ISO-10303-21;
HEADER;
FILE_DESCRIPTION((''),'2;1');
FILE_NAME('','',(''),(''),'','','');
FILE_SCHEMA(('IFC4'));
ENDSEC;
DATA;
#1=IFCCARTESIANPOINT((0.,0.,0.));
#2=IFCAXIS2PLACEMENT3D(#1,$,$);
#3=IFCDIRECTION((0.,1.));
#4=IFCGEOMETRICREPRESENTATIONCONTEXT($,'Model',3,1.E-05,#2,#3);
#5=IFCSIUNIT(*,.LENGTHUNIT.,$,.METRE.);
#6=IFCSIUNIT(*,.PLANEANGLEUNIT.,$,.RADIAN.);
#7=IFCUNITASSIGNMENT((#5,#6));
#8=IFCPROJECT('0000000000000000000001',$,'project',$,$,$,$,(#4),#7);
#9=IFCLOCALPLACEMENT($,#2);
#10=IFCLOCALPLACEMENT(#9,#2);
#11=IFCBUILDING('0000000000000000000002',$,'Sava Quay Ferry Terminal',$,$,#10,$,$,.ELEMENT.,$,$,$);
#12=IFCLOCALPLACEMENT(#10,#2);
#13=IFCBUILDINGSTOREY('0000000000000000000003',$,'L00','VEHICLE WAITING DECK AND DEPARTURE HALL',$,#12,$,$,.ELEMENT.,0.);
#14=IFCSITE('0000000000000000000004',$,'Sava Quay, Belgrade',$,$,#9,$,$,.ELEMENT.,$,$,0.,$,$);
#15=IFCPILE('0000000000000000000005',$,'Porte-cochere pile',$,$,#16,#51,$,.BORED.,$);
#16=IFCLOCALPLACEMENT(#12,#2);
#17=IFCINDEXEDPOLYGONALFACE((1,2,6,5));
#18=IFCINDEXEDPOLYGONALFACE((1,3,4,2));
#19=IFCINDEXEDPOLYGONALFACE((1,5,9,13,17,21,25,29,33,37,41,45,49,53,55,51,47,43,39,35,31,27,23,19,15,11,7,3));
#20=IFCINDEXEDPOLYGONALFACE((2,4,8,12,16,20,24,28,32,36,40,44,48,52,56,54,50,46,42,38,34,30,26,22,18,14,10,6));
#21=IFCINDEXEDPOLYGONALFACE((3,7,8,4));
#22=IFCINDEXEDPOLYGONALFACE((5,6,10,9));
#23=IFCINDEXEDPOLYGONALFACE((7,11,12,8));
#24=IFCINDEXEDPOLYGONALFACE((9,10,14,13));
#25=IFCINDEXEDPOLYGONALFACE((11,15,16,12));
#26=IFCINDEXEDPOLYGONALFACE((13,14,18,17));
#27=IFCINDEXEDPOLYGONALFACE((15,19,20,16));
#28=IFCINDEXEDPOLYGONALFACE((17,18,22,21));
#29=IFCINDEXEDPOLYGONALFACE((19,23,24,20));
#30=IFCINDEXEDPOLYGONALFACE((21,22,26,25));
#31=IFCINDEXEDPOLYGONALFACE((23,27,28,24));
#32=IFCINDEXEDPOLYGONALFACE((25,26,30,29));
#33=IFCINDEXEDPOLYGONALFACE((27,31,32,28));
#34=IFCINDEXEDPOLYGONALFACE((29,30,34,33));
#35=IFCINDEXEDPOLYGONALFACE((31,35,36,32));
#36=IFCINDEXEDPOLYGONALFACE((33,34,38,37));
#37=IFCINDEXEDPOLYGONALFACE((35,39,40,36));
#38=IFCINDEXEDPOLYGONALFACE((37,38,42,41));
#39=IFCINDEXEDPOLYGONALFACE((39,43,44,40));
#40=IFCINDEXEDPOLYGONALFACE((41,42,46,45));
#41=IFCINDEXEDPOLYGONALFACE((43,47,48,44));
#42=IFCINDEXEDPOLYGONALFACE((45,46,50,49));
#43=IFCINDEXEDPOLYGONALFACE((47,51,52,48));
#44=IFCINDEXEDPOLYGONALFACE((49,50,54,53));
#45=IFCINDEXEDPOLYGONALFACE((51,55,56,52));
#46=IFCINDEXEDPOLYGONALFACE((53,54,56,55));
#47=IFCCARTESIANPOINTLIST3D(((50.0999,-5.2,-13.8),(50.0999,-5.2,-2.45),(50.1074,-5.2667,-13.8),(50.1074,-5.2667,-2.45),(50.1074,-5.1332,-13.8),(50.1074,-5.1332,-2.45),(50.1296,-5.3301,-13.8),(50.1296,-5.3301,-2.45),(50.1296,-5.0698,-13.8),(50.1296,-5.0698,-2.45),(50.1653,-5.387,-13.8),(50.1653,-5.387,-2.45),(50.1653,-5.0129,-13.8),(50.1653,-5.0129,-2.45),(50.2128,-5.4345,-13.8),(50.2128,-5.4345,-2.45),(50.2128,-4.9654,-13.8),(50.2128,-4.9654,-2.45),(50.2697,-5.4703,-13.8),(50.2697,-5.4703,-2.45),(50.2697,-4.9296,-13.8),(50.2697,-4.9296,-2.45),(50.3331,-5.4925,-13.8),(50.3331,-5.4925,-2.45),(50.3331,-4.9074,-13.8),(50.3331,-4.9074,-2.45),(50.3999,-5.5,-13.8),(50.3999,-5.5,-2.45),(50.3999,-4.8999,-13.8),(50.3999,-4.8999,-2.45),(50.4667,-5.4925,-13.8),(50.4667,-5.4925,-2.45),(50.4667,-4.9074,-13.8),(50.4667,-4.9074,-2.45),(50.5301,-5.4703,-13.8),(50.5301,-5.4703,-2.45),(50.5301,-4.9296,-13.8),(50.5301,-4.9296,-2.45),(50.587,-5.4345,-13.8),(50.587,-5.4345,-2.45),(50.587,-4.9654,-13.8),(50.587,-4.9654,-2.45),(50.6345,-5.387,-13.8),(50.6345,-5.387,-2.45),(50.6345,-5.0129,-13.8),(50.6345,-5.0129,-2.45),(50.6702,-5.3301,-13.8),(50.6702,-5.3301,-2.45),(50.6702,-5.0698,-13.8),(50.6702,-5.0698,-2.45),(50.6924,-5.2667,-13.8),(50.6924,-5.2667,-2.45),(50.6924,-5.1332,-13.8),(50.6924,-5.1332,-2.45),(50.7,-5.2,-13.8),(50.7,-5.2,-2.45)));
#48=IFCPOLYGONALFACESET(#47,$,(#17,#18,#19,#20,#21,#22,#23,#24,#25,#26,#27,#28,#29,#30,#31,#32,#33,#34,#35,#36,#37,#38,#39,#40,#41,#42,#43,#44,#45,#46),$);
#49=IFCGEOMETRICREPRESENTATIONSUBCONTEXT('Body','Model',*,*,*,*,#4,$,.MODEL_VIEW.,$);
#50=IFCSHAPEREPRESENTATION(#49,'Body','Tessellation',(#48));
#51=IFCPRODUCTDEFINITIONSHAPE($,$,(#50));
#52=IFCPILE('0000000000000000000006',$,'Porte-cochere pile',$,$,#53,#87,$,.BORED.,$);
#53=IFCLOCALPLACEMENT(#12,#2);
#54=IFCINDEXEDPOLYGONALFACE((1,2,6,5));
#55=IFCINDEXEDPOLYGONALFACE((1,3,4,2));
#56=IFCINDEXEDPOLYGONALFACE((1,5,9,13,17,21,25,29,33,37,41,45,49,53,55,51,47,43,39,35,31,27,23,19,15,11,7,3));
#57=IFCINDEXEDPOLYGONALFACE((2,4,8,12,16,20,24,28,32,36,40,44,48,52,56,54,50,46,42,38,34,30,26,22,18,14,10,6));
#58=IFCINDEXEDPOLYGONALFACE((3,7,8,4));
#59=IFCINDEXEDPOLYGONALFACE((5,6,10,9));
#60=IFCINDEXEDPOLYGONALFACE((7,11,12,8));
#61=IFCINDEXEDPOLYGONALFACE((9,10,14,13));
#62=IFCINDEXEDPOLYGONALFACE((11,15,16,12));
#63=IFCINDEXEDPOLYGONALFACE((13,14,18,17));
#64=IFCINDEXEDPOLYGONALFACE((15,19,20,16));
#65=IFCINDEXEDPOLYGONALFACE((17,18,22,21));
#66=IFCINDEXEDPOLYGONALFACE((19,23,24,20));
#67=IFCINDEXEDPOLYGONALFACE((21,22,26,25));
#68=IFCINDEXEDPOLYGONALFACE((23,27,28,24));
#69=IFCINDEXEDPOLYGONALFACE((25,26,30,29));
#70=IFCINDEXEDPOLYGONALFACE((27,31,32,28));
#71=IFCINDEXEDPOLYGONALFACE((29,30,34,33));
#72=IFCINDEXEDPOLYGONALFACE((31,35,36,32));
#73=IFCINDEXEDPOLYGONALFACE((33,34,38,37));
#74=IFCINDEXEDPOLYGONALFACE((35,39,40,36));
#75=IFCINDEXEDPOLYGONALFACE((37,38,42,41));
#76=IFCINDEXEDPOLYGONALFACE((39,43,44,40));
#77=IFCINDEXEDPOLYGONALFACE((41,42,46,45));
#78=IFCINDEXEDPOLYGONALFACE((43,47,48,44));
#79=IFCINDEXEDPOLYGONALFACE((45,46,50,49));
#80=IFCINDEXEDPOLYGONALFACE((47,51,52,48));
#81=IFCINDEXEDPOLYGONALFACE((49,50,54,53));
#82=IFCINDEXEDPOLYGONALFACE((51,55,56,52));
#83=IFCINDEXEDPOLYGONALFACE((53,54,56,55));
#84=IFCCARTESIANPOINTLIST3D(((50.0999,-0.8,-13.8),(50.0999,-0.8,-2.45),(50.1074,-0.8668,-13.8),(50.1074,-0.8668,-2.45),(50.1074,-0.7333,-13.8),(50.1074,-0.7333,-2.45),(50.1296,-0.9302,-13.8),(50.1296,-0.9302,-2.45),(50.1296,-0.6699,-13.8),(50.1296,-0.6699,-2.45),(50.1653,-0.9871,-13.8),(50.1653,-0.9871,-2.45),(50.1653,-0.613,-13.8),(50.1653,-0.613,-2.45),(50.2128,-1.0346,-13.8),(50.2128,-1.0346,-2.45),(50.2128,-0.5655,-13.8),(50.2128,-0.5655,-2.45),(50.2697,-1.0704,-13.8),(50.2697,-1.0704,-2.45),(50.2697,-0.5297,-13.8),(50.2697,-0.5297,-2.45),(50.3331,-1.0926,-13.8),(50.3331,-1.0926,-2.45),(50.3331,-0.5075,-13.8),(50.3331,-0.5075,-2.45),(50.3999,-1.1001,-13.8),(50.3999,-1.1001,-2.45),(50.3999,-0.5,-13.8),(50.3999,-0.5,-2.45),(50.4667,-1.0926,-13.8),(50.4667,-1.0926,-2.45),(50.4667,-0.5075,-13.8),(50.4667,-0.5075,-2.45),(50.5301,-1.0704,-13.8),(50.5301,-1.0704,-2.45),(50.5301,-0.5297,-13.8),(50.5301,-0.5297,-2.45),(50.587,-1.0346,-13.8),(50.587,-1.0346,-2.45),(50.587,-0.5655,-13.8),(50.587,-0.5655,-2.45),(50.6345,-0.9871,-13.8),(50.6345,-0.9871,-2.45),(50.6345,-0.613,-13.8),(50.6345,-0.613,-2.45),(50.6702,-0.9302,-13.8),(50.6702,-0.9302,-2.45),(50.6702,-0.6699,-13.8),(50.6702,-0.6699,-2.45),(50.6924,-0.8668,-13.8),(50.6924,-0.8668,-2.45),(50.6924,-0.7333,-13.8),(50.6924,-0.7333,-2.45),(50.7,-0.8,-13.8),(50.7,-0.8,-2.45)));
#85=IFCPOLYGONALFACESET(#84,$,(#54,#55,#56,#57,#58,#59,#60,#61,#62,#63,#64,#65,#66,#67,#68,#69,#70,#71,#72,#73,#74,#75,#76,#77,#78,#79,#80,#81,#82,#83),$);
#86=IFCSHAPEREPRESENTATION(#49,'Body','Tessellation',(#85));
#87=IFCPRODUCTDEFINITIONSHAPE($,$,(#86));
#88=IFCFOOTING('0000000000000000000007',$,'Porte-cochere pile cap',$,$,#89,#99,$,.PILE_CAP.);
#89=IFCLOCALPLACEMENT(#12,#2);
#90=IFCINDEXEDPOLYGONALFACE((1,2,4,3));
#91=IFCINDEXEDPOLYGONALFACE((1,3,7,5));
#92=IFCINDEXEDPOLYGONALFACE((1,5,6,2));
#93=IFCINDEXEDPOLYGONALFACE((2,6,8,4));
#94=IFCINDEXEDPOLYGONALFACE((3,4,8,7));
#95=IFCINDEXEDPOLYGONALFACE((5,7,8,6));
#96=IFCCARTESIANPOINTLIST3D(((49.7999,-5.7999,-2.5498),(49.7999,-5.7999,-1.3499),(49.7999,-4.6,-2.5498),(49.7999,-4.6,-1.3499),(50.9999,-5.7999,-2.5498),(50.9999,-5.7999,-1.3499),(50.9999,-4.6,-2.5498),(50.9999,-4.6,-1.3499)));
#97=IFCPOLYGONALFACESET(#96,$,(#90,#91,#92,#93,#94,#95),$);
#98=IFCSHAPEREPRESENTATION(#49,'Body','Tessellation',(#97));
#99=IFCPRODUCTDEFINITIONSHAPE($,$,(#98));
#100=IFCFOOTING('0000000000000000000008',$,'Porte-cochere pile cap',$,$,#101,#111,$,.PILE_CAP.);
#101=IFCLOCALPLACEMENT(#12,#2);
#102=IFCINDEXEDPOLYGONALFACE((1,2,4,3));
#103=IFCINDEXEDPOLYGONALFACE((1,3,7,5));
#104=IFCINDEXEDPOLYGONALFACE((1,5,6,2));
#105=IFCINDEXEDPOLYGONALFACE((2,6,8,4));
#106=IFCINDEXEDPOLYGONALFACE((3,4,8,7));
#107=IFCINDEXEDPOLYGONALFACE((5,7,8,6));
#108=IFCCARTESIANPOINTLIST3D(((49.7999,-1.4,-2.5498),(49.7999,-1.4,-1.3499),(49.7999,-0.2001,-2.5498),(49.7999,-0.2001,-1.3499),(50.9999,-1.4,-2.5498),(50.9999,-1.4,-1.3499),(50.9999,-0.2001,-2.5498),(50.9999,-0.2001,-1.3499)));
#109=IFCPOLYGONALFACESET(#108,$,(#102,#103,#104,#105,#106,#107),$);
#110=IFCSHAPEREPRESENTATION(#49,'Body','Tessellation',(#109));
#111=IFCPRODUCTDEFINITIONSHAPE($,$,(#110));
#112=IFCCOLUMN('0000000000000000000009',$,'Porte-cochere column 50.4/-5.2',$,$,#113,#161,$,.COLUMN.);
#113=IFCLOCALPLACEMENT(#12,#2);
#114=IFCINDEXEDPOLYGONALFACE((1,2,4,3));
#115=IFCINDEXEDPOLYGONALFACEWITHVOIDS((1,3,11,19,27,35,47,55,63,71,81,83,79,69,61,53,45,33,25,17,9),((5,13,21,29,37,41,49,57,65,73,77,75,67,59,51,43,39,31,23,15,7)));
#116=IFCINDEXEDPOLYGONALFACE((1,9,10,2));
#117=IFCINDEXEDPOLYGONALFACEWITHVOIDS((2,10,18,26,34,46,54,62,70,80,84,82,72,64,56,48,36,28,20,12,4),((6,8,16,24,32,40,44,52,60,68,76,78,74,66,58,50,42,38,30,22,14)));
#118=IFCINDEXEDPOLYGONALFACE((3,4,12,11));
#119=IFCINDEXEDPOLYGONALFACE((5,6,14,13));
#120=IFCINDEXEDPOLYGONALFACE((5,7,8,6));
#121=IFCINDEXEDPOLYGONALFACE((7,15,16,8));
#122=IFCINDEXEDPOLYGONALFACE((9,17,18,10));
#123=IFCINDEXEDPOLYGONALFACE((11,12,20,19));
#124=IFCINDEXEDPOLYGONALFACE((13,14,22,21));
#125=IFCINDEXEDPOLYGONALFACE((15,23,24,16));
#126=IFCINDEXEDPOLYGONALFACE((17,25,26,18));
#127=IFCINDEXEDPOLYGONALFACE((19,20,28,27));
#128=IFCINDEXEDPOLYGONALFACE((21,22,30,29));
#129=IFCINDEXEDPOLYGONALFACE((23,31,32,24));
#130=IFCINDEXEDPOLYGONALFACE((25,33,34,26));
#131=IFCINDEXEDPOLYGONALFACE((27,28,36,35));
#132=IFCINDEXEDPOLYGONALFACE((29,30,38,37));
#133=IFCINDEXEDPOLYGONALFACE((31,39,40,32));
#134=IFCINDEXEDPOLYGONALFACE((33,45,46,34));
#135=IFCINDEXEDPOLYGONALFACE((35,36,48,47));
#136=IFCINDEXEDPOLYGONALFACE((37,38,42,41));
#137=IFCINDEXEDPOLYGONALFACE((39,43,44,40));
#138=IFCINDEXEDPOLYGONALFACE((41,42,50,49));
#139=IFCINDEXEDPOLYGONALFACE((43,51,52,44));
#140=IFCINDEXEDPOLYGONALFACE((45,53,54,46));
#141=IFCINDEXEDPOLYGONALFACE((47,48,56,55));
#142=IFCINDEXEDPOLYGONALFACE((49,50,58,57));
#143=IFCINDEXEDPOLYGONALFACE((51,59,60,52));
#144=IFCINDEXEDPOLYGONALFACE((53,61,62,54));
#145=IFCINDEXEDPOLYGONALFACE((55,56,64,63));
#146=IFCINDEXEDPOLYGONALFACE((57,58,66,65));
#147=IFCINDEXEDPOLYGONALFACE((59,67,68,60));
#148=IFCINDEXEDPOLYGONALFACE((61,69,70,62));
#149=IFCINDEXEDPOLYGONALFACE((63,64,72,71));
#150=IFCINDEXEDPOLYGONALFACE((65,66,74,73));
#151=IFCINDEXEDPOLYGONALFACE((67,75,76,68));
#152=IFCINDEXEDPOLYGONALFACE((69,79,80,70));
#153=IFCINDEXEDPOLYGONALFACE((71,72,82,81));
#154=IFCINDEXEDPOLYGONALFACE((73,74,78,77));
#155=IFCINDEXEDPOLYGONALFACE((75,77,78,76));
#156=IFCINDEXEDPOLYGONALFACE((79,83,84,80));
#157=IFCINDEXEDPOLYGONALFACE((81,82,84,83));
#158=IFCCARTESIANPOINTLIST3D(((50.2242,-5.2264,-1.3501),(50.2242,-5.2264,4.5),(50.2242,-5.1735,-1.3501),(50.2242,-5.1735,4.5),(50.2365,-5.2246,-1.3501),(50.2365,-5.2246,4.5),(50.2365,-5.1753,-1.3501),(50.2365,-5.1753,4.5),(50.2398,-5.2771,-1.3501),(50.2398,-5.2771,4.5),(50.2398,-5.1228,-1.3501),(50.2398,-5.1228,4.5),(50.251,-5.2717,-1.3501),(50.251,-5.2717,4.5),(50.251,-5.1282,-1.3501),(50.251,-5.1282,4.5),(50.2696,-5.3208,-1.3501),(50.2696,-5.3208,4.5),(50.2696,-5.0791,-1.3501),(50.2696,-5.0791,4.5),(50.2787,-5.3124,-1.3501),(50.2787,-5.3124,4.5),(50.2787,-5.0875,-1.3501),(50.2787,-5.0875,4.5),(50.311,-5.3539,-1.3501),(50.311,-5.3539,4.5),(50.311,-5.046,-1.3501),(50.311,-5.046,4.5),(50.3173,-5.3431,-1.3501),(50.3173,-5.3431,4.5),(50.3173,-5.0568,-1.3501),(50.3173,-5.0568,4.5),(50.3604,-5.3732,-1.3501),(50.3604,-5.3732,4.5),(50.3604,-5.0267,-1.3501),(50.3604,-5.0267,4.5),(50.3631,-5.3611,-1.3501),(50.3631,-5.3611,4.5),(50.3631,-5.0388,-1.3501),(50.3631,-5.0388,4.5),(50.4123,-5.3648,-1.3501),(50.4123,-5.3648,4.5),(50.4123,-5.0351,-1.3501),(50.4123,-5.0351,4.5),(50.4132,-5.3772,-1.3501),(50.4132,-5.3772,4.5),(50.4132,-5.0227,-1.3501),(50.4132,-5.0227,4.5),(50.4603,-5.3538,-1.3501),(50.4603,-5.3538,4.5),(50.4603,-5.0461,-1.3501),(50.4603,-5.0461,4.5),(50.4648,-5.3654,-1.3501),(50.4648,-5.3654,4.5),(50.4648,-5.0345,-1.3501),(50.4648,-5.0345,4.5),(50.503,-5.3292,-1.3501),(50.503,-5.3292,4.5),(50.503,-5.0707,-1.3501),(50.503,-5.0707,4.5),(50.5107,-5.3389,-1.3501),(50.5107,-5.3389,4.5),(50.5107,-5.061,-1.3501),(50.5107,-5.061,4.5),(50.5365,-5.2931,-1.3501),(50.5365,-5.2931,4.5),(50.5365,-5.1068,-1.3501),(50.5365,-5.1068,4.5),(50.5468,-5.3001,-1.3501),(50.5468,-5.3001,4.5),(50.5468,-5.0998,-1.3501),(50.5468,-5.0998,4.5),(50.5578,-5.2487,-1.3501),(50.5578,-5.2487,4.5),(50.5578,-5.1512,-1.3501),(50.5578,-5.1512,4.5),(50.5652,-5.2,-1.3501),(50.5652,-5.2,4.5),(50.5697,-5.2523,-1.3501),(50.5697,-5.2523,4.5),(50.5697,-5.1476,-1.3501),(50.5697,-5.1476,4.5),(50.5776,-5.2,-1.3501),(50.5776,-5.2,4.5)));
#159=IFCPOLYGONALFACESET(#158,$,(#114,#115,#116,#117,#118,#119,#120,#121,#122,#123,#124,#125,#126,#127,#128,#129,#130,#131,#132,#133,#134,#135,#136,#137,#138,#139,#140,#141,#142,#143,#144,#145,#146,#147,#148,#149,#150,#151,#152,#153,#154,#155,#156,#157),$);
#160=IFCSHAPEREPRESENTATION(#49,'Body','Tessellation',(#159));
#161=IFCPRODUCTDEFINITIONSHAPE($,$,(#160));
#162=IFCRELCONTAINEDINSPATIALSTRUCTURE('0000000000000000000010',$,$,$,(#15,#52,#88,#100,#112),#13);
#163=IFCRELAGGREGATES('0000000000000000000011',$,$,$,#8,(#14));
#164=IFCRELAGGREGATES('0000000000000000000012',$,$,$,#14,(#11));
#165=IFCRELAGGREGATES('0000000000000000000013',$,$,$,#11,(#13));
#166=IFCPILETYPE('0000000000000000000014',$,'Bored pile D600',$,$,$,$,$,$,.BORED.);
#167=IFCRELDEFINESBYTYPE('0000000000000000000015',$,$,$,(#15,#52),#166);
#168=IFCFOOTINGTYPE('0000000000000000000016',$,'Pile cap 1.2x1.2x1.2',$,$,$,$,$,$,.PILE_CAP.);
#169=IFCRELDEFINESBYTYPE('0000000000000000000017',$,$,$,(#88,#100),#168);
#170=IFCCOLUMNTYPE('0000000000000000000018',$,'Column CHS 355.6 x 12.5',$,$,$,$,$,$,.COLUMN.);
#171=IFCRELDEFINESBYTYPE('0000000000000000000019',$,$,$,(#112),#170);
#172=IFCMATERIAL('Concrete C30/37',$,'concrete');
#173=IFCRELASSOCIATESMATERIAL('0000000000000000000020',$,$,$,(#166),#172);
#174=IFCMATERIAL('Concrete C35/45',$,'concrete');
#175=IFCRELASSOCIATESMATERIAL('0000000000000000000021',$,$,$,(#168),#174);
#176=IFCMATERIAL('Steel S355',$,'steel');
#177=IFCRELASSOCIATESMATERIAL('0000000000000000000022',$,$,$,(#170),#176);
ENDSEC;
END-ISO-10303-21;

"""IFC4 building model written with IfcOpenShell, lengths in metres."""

from ifc_helpers import new_model, si_unit, direction, frame, origin, origin_2d, place, context, subcontext, project, spatial, rectangle, circle, hollow_circle, extrude, material, material_profile, profile_set, type_object, element, save


model = new_model("IFC4")

# Units and contexts
model_context = context("Model", 3, precision=1e-05, world=origin(), true_north=direction((0.0, 1.0)))
body_context = subcontext(model_context, "Body", "Model", "MODEL_VIEW")
ifc_project = project(units=[si_unit("LENGTHUNIT", "METRE"), si_unit("PLANEANGLEUNIT", "RADIAN")], contexts=[model_context])

# Site, building, storey
site_placement = place(None, origin())
site = spatial("IfcSite", under=ifc_project, at=site_placement, Name="Sava Quay, Belgrade", CompositionType="ELEMENT", RefElevation=0.0)
building_placement = place(site_placement, origin())
building = spatial("IfcBuilding", under=site, at=building_placement, Name="Sava Quay Ferry Terminal", CompositionType="ELEMENT")
storey_placement = place(building_placement, origin())
storey = spatial("IfcBuildingStorey", under=building, at=storey_placement, Name="L00", Description="VEHICLE WAITING DECK AND DEPARTURE HALL", CompositionType="ELEMENT", Elevation=0.0)

# Piles
ifc_material_1 = material(Name="Concrete C30/37", Category="concrete")
ifc_material_profile_1 = material_profile(ifc_material_1, circle(Radius=0.3, at=origin_2d()), Name="Bored pile D600")
ifc_profile_set_1 = profile_set([ifc_material_profile_1], Name="Concrete C30/37")
pile_type = type_object("IfcPileType", Name="Bored pile D600", PredefinedType="BORED", material=ifc_profile_set_1)
for number, where, z_axis, x_axis, name in (
    (1, (50.3999, -5.2, -2.45), (0.0, 0.0, -1.0), (1.0, 0.0, 0.0), "Porte-cochere pile"),
    (2, (50.3999, -0.8, -2.45), (0.0, 0.0, -1.0), (1.0, 0.0, 0.0), "Porte-cochere pile"),
):
    element("IfcPile", number, at=place(storey_placement, frame(where, z_axis=z_axis, x_axis=x_axis)), inside=storey, type_object=pile_type, Name=name, PredefinedType="BORED", context=body_context, shape_type="SweptSolid", body=[
        extrude(circle(Radius=0.3, at=origin_2d()), origin(), (0.0, 0.0, 1.0), 11.3501),
    ])

# Footings
ifc_material_2 = material(Name="Concrete C35/45", Category="concrete")
footing_type = type_object("IfcFootingType", Name="Pile cap 1.2x1.2x1.2", PredefinedType="PILE_CAP", material=ifc_material_2)
for number, where, z_axis, x_axis, name in (
    (3, (50.3999, -5.2, -2.5498), (0.0, 0.0, 1.0), (1.0, 0.0, 0.0), "Porte-cochere pile cap"),
    (4, (50.3999, -0.8, -2.5498), (0.0, 0.0, 1.0), (1.0, 0.0, 0.0), "Porte-cochere pile cap"),
):
    element("IfcFooting", number, at=place(storey_placement, frame(where, z_axis=z_axis, x_axis=x_axis)), inside=storey, type_object=footing_type, Name=name, PredefinedType="PILE_CAP", context=body_context, shape_type="SweptSolid", body=[
        extrude(rectangle(XDim=1.2, YDim=1.2, at=origin_2d()), origin(), (0.0, 0.0, 1.0), 1.2),
    ])

# Column
ifc_material_3 = material(Name="Steel S355", Category="steel")
ifc_material_profile_2 = material_profile(ifc_material_3, hollow_circle(Radius=0.1777, WallThickness=0.0125, at=origin_2d()), Name="CHS 355.6 x 12.5")
ifc_profile_set_2 = profile_set([ifc_material_profile_2], Name="Steel S355")
column_type = type_object("IfcColumnType", Name="Column CHS 355.6 x 12.5", PredefinedType="COLUMN", material=ifc_profile_set_2)
for number, where, z_axis, x_axis, name in (
    (5, (50.3999, -5.2, -1.3501), (0.0, 0.0, 1.0), (1.0, 0.0, 0.0), "Porte-cochere column 50.4/-5.2"),
):
    element("IfcColumn", number, at=place(storey_placement, frame(where, z_axis=z_axis, x_axis=x_axis)), inside=storey, type_object=column_type, Name=name, PredefinedType="COLUMN", context=body_context, shape_type="SweptSolid", body=[
        extrude(hollow_circle(Radius=0.1777, WallThickness=0.0125, at=origin_2d()), origin(), (0.0, 0.0, 1.0), 5.8501),
    ])

save(model, "model.ifc")
